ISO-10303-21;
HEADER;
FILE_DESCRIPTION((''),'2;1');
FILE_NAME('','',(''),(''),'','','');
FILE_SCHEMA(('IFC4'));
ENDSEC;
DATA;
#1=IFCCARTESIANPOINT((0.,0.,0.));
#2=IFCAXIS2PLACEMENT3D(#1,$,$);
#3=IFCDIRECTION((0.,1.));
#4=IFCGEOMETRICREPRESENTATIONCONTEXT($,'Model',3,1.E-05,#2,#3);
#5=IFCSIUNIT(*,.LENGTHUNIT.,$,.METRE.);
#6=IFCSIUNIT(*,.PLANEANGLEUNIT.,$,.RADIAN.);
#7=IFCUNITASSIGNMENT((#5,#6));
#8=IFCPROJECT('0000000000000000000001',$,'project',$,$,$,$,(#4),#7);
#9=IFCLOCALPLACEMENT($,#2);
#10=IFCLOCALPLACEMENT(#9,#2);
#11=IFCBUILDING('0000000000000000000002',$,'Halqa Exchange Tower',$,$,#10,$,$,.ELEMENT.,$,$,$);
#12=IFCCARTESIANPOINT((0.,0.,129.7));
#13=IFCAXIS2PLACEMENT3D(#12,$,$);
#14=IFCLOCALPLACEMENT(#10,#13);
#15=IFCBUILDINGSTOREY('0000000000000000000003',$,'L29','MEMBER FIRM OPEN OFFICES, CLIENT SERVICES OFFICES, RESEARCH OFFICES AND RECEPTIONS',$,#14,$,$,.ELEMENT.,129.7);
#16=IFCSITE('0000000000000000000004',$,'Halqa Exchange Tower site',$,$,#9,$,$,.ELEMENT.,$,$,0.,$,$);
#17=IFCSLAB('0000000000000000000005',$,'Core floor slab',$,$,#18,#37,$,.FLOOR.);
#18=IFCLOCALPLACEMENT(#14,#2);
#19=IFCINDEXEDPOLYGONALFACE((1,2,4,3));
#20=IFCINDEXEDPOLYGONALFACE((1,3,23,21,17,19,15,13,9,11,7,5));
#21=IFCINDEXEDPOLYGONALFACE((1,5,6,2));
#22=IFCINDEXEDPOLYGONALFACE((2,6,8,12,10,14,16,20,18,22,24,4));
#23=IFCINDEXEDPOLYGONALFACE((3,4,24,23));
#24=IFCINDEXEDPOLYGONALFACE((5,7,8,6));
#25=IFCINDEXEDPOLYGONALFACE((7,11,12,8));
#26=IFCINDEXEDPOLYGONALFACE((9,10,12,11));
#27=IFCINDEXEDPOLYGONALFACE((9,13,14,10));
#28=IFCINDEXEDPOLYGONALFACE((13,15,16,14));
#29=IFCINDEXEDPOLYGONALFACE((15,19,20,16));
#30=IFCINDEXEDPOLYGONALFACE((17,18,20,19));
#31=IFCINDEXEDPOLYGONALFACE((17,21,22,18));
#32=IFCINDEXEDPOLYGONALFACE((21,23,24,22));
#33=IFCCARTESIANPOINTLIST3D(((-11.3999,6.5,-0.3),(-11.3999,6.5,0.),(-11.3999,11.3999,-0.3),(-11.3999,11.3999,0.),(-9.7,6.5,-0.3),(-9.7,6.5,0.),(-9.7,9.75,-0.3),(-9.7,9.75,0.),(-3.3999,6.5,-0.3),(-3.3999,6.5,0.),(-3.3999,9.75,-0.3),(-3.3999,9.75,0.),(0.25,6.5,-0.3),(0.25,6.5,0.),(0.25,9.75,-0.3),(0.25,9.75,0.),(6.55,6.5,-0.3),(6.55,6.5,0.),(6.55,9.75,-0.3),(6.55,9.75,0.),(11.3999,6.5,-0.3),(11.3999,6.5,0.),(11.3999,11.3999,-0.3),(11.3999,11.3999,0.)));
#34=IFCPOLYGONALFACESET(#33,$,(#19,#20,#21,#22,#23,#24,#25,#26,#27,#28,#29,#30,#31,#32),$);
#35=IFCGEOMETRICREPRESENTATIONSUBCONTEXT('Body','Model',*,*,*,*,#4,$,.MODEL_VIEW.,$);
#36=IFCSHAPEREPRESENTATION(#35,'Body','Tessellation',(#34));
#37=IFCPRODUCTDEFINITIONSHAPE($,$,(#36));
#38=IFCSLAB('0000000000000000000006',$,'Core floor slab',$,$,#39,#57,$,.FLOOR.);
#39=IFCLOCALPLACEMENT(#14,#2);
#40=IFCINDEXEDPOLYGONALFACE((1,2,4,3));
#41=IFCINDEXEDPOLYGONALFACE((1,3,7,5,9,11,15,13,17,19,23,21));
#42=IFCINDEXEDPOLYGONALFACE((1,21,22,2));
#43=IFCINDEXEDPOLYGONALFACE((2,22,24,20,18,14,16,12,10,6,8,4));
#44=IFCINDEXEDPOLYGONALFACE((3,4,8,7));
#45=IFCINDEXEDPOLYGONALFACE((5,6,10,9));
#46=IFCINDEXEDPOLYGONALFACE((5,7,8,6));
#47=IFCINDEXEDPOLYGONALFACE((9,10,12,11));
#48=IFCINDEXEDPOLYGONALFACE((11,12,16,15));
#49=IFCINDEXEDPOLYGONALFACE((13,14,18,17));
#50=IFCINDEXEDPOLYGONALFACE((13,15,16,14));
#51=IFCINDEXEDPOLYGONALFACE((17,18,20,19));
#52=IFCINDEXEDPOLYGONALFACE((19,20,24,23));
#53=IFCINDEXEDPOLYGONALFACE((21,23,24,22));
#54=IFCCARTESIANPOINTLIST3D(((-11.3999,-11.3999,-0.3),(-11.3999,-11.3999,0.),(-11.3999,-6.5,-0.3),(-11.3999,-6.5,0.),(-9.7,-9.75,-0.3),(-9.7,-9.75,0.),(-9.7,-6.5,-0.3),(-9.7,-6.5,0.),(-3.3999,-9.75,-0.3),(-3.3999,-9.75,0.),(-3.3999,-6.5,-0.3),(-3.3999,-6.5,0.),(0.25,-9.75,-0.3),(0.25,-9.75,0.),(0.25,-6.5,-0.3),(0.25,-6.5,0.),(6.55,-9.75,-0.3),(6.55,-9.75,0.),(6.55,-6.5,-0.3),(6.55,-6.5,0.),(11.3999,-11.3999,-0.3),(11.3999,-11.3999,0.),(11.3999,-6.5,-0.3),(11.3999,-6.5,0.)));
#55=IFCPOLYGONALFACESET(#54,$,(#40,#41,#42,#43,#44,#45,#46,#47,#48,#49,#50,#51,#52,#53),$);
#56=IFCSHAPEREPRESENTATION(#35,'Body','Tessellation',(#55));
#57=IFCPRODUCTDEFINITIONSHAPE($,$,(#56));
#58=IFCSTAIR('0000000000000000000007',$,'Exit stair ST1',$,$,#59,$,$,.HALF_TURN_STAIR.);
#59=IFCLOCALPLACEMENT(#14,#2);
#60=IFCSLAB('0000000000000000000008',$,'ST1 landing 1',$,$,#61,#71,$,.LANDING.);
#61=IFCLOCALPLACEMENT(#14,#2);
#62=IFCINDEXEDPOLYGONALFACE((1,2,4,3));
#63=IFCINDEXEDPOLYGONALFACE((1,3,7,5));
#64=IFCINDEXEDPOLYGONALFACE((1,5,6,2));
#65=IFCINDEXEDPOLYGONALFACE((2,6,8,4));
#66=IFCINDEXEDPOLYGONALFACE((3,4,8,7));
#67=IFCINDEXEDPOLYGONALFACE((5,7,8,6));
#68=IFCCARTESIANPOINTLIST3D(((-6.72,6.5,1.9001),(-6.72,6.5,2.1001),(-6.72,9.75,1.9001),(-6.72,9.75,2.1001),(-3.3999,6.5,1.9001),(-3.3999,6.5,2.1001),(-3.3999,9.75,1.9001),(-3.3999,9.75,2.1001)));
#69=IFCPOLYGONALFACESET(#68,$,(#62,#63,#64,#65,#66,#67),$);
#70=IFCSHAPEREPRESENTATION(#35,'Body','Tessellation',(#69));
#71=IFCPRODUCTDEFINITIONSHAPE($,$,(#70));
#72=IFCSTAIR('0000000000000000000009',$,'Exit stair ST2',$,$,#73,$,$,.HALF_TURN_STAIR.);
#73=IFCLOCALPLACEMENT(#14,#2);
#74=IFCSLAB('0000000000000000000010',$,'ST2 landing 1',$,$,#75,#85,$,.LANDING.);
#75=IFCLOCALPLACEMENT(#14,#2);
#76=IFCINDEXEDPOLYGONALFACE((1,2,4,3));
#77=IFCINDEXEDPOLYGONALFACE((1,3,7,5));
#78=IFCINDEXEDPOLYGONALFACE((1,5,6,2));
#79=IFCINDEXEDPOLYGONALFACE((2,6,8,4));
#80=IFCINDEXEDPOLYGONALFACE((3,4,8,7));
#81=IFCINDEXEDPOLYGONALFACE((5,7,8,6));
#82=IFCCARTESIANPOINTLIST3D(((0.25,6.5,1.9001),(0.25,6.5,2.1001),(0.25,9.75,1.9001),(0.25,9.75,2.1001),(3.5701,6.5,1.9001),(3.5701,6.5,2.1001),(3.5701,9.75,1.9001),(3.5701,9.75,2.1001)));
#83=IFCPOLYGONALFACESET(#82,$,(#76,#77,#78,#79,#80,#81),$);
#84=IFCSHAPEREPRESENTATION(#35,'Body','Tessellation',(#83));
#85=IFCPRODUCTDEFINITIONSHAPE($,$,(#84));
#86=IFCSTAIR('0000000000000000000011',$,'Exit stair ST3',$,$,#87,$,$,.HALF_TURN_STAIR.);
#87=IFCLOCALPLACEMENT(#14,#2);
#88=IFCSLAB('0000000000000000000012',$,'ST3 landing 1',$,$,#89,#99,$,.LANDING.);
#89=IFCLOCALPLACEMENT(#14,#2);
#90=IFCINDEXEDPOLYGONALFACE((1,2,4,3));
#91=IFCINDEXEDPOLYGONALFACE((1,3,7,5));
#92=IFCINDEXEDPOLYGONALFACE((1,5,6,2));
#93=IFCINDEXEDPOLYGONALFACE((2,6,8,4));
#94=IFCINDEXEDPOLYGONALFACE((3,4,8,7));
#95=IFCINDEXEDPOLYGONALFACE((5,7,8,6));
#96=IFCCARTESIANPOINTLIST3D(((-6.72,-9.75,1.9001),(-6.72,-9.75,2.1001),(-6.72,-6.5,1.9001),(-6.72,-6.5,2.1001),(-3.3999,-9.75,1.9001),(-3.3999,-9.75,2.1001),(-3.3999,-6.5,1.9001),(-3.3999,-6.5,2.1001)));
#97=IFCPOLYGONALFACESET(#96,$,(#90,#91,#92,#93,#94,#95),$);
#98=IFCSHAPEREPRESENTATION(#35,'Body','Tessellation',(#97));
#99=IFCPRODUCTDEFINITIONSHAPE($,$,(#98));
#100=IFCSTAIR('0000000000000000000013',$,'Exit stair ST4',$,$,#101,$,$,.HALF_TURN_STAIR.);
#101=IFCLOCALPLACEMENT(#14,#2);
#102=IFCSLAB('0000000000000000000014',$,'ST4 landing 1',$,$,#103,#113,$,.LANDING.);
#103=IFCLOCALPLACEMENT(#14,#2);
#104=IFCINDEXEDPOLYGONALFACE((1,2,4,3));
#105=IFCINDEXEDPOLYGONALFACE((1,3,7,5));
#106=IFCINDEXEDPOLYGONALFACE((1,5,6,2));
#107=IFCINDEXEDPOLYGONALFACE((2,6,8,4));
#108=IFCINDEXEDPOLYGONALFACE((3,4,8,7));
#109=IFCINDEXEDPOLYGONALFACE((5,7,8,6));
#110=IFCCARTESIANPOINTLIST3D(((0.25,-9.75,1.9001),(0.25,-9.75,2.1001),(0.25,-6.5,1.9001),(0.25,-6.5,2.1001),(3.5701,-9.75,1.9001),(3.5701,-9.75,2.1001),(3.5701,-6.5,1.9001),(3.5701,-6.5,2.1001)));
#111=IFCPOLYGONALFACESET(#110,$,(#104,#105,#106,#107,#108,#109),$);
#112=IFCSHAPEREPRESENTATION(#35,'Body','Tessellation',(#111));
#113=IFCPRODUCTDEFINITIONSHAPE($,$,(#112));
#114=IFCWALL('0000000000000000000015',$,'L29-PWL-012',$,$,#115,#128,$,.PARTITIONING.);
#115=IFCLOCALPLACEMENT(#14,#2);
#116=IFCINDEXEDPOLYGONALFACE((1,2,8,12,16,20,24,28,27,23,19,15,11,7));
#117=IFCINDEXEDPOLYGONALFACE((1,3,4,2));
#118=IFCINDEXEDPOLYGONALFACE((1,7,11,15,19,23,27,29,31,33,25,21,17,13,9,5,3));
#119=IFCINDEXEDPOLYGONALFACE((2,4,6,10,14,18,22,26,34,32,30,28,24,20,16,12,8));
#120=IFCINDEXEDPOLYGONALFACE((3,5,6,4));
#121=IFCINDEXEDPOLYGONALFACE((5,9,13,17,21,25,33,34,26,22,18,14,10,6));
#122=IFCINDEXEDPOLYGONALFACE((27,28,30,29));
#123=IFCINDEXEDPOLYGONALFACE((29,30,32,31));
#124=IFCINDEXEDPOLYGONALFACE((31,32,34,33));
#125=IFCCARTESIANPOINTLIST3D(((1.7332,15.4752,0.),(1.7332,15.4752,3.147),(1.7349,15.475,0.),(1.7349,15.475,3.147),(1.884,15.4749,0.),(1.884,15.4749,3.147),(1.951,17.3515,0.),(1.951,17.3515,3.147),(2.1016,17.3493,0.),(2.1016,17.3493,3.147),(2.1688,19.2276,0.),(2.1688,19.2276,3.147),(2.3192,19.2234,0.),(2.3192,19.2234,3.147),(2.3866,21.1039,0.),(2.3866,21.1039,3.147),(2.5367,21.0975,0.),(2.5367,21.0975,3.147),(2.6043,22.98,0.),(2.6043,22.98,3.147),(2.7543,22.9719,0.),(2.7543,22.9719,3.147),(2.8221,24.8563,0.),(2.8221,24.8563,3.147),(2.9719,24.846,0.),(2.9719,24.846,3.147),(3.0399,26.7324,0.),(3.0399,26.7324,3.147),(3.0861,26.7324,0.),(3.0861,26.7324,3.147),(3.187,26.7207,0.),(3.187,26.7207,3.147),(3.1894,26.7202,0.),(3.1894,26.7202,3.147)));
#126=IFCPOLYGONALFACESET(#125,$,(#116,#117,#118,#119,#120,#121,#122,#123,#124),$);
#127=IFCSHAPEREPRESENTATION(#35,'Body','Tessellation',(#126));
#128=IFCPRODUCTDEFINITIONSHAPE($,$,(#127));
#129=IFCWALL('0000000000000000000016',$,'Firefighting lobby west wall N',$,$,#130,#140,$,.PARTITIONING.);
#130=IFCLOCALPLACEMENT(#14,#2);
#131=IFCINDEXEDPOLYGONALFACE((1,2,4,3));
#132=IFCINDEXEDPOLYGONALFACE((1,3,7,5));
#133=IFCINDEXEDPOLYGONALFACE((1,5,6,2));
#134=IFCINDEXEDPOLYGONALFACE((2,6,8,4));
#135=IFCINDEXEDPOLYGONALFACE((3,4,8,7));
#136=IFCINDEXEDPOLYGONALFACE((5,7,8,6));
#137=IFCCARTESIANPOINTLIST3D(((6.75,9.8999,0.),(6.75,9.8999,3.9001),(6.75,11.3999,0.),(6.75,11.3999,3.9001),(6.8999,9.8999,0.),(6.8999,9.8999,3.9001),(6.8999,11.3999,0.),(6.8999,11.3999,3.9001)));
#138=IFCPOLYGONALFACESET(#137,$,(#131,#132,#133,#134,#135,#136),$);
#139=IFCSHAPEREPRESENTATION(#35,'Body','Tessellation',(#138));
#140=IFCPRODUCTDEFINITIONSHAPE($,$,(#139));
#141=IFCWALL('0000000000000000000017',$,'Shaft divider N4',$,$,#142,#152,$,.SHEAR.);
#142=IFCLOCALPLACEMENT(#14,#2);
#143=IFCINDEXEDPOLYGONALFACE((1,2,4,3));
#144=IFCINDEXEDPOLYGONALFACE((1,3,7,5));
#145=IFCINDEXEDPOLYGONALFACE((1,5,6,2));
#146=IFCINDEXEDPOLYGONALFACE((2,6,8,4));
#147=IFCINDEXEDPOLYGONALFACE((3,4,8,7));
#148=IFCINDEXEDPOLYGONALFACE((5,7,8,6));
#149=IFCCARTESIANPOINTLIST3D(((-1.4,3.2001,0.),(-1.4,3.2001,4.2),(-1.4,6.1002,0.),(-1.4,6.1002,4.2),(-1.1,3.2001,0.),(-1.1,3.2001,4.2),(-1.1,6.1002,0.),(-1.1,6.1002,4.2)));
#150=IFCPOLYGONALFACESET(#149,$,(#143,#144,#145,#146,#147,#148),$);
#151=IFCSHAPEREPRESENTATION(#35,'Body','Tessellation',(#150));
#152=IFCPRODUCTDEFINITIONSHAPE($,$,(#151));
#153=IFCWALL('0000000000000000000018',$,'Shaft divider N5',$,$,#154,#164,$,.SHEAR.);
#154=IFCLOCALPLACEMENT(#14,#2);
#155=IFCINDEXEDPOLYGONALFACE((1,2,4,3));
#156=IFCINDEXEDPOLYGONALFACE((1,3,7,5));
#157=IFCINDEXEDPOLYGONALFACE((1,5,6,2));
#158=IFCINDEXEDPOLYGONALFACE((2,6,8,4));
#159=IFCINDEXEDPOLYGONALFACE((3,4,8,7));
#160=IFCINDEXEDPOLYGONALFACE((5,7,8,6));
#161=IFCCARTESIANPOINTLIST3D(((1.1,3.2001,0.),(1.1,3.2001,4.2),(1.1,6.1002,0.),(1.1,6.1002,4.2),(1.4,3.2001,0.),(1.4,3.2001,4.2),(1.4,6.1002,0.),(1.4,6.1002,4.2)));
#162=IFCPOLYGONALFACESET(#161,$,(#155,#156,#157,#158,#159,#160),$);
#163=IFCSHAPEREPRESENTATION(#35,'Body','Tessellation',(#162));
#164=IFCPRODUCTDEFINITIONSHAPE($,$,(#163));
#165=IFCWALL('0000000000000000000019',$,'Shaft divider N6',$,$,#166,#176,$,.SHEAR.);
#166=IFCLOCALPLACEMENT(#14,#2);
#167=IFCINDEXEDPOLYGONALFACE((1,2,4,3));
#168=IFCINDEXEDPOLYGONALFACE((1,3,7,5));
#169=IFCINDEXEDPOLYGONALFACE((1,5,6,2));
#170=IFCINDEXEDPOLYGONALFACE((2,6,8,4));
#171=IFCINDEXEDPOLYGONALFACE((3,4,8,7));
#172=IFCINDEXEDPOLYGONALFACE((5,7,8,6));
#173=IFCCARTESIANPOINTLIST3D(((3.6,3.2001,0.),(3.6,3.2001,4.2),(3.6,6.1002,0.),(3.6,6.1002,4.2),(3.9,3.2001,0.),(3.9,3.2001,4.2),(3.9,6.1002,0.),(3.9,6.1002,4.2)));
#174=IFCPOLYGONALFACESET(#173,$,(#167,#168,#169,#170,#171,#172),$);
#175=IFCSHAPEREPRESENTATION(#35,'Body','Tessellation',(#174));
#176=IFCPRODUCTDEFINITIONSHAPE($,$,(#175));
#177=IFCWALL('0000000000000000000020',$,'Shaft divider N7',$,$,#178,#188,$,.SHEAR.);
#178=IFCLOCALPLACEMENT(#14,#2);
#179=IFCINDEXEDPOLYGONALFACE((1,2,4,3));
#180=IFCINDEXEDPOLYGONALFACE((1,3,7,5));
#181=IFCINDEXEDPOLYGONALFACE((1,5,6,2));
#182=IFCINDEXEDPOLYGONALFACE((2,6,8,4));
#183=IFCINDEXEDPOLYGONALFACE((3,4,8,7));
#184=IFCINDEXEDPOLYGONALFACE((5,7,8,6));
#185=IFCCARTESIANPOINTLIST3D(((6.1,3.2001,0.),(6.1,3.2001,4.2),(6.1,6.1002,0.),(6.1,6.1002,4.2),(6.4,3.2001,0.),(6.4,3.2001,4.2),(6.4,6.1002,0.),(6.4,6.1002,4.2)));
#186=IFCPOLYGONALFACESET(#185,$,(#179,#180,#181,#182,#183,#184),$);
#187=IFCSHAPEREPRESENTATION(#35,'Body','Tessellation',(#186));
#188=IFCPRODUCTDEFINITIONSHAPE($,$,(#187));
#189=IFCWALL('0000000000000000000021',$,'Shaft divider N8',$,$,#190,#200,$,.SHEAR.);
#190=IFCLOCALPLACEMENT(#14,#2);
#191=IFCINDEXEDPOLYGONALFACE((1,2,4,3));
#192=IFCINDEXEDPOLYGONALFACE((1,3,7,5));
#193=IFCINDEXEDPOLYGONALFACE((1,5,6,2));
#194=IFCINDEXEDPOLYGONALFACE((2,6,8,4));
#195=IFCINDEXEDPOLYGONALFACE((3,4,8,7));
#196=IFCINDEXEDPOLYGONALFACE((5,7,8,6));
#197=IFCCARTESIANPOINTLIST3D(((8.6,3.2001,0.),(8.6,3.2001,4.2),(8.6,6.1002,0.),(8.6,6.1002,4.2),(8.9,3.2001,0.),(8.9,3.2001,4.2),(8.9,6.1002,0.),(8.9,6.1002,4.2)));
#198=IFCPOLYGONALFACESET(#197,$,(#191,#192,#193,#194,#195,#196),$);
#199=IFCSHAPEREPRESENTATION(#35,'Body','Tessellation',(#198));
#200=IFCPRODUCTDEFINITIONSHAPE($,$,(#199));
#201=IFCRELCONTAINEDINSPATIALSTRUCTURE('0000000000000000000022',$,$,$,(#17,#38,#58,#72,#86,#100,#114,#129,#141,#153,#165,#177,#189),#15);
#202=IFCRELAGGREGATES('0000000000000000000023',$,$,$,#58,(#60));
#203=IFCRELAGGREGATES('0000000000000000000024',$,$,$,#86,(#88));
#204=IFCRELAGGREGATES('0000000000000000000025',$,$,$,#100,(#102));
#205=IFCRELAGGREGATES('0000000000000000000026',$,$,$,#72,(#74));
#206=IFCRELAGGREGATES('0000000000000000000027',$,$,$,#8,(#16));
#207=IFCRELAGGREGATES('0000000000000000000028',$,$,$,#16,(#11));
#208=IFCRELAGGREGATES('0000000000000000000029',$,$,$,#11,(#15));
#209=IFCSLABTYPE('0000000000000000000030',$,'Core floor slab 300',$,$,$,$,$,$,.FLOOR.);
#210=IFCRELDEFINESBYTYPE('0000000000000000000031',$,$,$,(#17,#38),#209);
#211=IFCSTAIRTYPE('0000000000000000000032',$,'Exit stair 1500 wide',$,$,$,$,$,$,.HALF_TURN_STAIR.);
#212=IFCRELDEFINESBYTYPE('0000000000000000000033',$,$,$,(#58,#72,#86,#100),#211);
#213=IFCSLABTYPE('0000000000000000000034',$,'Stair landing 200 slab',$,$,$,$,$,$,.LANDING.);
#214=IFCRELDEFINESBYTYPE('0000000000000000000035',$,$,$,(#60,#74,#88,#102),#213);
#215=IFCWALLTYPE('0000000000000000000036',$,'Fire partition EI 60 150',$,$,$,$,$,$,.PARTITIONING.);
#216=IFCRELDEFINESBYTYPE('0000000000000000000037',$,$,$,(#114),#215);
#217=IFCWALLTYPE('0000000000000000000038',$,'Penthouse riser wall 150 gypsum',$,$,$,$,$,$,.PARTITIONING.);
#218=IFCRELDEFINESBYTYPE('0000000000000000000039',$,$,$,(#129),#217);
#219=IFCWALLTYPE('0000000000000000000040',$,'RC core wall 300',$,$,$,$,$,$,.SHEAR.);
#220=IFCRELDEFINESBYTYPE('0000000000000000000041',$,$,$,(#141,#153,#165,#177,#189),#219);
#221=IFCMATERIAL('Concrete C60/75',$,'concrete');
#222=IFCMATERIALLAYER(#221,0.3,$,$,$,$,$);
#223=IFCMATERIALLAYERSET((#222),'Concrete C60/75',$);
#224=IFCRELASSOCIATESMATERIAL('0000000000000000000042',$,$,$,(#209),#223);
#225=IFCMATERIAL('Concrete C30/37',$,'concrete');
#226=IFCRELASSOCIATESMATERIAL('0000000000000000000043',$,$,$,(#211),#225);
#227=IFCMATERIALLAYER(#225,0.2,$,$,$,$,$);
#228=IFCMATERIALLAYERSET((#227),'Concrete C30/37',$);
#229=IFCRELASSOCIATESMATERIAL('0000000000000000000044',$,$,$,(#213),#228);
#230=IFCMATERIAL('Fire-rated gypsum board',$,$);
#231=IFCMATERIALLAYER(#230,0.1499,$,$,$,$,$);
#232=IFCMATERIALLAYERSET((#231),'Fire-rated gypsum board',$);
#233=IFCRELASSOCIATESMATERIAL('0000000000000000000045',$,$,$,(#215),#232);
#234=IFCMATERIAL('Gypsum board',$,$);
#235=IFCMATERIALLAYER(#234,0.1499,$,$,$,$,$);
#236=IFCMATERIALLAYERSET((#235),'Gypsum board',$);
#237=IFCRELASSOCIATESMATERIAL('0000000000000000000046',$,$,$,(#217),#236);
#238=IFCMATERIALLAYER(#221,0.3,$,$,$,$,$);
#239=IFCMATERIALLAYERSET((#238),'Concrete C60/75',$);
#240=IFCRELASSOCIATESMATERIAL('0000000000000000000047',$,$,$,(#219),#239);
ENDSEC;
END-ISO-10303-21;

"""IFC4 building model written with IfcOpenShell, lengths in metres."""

from ifc_helpers import new_model, si_unit, direction, frame, frame_2d, origin, place, context, subcontext, project, spatial, polyline, rectangle, outline, extrude, material, layer, layer_set, type_object, element, aggregate, save


model = new_model("IFC4")

# Units and contexts
model_context = context("Model", 3, precision=1e-05, world=origin(), true_north=direction((0.0, 1.0)))
body_context = subcontext(model_context, "Body", "Model", "MODEL_VIEW")
ifc_project = project(units=[si_unit("LENGTHUNIT", "METRE"), si_unit("PLANEANGLEUNIT", "RADIAN")], contexts=[model_context])

# Site, building, storey
site_placement = place(None, origin())
site = spatial("IfcSite", under=ifc_project, at=site_placement, Name="Halqa Exchange Tower site", CompositionType="ELEMENT", RefElevation=0.0)
building_placement = place(site_placement, origin())
building = spatial("IfcBuilding", under=site, at=building_placement, Name="Halqa Exchange Tower", CompositionType="ELEMENT")
storey_placement = place(building_placement, frame((0.0, 0.0, 129.7)))
storey = spatial("IfcBuildingStorey", under=building, at=storey_placement, Name="L29", Description="MEMBER FIRM OPEN OFFICES, CLIENT SERVICES OFFICES, RESEARCH OFFICES AND RECEPTIONS", CompositionType="ELEMENT", Elevation=129.7)

# Shared definitions
ifc_material_1 = material(Name="Concrete C60/75", Category="concrete")

# Slabs
ifc_layer_1 = layer(ifc_material_1, 0.3)
ifc_layer_set_1 = layer_set([ifc_layer_1], Name="Concrete C60/75")
slab_type_1 = type_object("IfcSlabType", Name="Core floor slab 300", PredefinedType="FLOOR", material=ifc_layer_set_1)
slab_1_placement = place(storey_placement, frame((0.0, 0.0, -0.3)))
element("IfcSlab", 1, at=slab_1_placement, inside=storey, type_object=slab_type_1, Name="Core floor slab", PredefinedType="FLOOR", context=body_context, shape_type="SweptSolid", body=[
    extrude(outline(polyline([(-11.3999, 11.3999), (11.3999, 11.3999), (11.3999, 6.5), (6.55, 6.5), (6.55, 9.75), (0.25, 9.75), (0.25, 6.5), (-3.3999, 6.5), (-3.3999, 9.75), (-9.7, 9.75), (-9.7, 6.5), (-11.3999, 6.5), (-11.3999, 11.3999)])), origin(), (0.0, 0.0, 1.0), 0.3),
])
slab_2_placement = place(storey_placement, frame((0.0, 0.0, -0.3)))
element("IfcSlab", 2, at=slab_2_placement, inside=storey, type_object=slab_type_1, Name="Core floor slab", PredefinedType="FLOOR", context=body_context, shape_type="SweptSolid", body=[
    extrude(outline(polyline([(-9.7, -9.75), (-3.3999, -9.75), (-3.3999, -6.5), (0.25, -6.5), (0.25, -9.75), (6.55, -9.75), (6.55, -6.5), (11.3999, -6.5), (11.3999, -11.3999), (-11.3999, -11.3999), (-11.3999, -6.5), (-9.7, -6.5), (-9.7, -9.75)])), origin(), (0.0, 0.0, 1.0), 0.3),
])

# Stairs, slabs
ifc_material_2 = material(Name="Concrete C30/37", Category="concrete")
stair_type = type_object("IfcStairType", Name="Exit stair 1500 wide", PredefinedType="HALF_TURN_STAIR", material=ifc_material_2)
stair_1_placement = place(storey_placement, origin())
stair_1 = element("IfcStair", 3, at=stair_1_placement, inside=storey, type_object=stair_type, Name="Exit stair ST1", PredefinedType="HALF_TURN_STAIR")
ifc_layer_2 = layer(ifc_material_2, 0.2)
ifc_layer_set_2 = layer_set([ifc_layer_2], Name="Concrete C30/37")
slab_type_2 = type_object("IfcSlabType", Name="Stair landing 200 slab", PredefinedType="LANDING", material=ifc_layer_set_2)
slab_3_placement = place(storey_placement, frame((0.0, 0.0, 1.9001)))
slab_3 = element("IfcSlab", 4, at=slab_3_placement, type_object=slab_type_2, Name="ST1 landing 1", PredefinedType="LANDING", context=body_context, shape_type="SweptSolid", body=[
    extrude(outline(polyline([(-6.72, 6.5), (-3.3999, 6.5), (-3.3999, 9.75), (-6.72, 9.75), (-6.72, 6.5)])), origin(), (0.0, 0.0, 1.0), 0.2),
])
aggregate(stair_1, [slab_3])
stair_2_placement = place(storey_placement, origin())
stair_2 = element("IfcStair", 5, at=stair_2_placement, inside=storey, type_object=stair_type, Name="Exit stair ST2", PredefinedType="HALF_TURN_STAIR")
slab_4_placement = place(storey_placement, frame((0.0, 0.0, 1.9001)))
slab_4 = element("IfcSlab", 6, at=slab_4_placement, type_object=slab_type_2, Name="ST2 landing 1", PredefinedType="LANDING", context=body_context, shape_type="SweptSolid", body=[
    extrude(outline(polyline([(0.25, 6.5), (3.5701, 6.5), (3.5701, 9.75), (0.25, 9.75), (0.25, 6.5)])), origin(), (0.0, 0.0, 1.0), 0.2),
])
stair_3_placement = place(storey_placement, origin())
stair_3 = element("IfcStair", 7, at=stair_3_placement, inside=storey, type_object=stair_type, Name="Exit stair ST3", PredefinedType="HALF_TURN_STAIR")
slab_5_placement = place(storey_placement, frame((0.0, 0.0, 1.9001)))
slab_5 = element("IfcSlab", 8, at=slab_5_placement, type_object=slab_type_2, Name="ST3 landing 1", PredefinedType="LANDING", context=body_context, shape_type="SweptSolid", body=[
    extrude(outline(polyline([(-6.72, -9.75), (-3.3999, -9.75), (-3.3999, -6.5), (-6.72, -6.5), (-6.72, -9.75)])), origin(), (0.0, 0.0, 1.0), 0.2),
])
aggregate(stair_3, [slab_5])
stair_4_placement = place(storey_placement, origin())
stair_4 = element("IfcStair", 9, at=stair_4_placement, inside=storey, type_object=stair_type, Name="Exit stair ST4", PredefinedType="HALF_TURN_STAIR")
slab_6_placement = place(storey_placement, frame((0.0, 0.0, 1.9001)))
slab_6 = element("IfcSlab", 10, at=slab_6_placement, type_object=slab_type_2, Name="ST4 landing 1", PredefinedType="LANDING", context=body_context, shape_type="SweptSolid", body=[
    extrude(outline(polyline([(0.25, -9.75), (3.5701, -9.75), (3.5701, -6.5), (0.25, -6.5), (0.25, -9.75)])), origin(), (0.0, 0.0, 1.0), 0.2),
])
aggregate(stair_4, [slab_6])

# Walls
ifc_material_3 = material(Name="Fire-rated gypsum board")
ifc_layer_3 = layer(ifc_material_3, 0.1499)
ifc_layer_set_3 = layer_set([ifc_layer_3], Name="Fire-rated gypsum board")
wall_type_1 = type_object("IfcWallType", Name="Fire partition EI 60 150", PredefinedType="PARTITIONING", material=ifc_layer_set_3)
wall_1_placement = place(storey_placement, frame((1.8076, 15.4666, 0.0), z_axis=(0.0, 0.0, 1.0), x_axis=(0.115308, 0.99333, 0.0)))
element("IfcWall", 11, at=wall_1_placement, inside=storey, type_object=wall_type_1, Name="L29-PWL-012", PredefinedType="PARTITIONING", context=body_context, shape_type="SweptSolid", body=[
    extrude(outline(polyline([(0.0171, -0.075), (1.9041, -0.075), (3.7908, -0.075), (5.6775, -0.075), (7.5645, -0.075), (9.4512, -0.075), (11.3379, -0.075), (11.3381, -0.0725), (11.3381, 0.0291), (11.3328, 0.075), (9.4441, 0.075), (7.5552, 0.075), (5.6665, 0.075), (3.7776, 0.075), (1.8889, 0.075), (0.0, 0.075), (0.0, 0.0732), (0.0171, -0.075)])), origin(), (0.0, 0.0, 1.0), 3.147),
])
ifc_material_4 = material(Name="Gypsum board")
ifc_layer_4 = layer(ifc_material_4, 0.1499)
ifc_layer_set_4 = layer_set([ifc_layer_4], Name="Gypsum board")
wall_type_2 = type_object("IfcWallType", Name="Penthouse riser wall 150 gypsum", PredefinedType="PARTITIONING", material=ifc_layer_set_4)
wall_2_placement = place(storey_placement, frame((6.825, 9.8999, 0.0), z_axis=(0.0, 0.0, 1.0), x_axis=(0.0, 1.0, 0.0)))
element("IfcWall", 12, at=wall_2_placement, inside=storey, type_object=wall_type_2, Name="Firefighting lobby west wall N", PredefinedType="PARTITIONING", context=body_context, shape_type="SweptSolid", body=[
    extrude(rectangle(XDim=1.5, YDim=0.1499, at=frame_2d((0.75, 0.0))), origin(), (0.0, 0.0, 1.0), 3.9001),
])
ifc_layer_5 = layer(ifc_material_1, 0.3)
ifc_layer_set_5 = layer_set([ifc_layer_5], Name="Concrete C60/75")
wall_type_3 = type_object("IfcWallType", Name="RC core wall 300", PredefinedType="SHEAR", material=ifc_layer_set_5)
for number, where, z_axis, x_axis, name in (
    (13, (-1.25, 3.2, 0.0), (0.0, 0.0, 1.0), (0.0, 1.0, 0.0), "Shaft divider N4"),
    (14, (1.25, 3.2, 0.0), (0.0, 0.0, 1.0), (0.0, 1.0, 0.0), "Shaft divider N5"),
    (15, (3.75, 3.2, 0.0), (0.0, 0.0, 1.0), (0.0, 1.0, 0.0), "Shaft divider N6"),
    (16, (6.25, 3.2, 0.0), (0.0, 0.0, 1.0), (0.0, 1.0, 0.0), "Shaft divider N7"),
    (17, (8.75, 3.2, 0.0), (0.0, 0.0, 1.0), (0.0, 1.0, 0.0), "Shaft divider N8"),
):
    element("IfcWall", number, at=place(storey_placement, frame(where, z_axis=z_axis, x_axis=x_axis)), inside=storey, type_object=wall_type_3, Name=name, PredefinedType="SHEAR", context=body_context, shape_type="SweptSolid", body=[
        extrude(rectangle(XDim=2.9001, YDim=0.3, at=frame_2d((1.4502, 0.0))), origin(), (0.0, 0.0, 1.0), 4.2),
    ])

aggregate(stair_2, [slab_4])

save(model, "model.ifc")
